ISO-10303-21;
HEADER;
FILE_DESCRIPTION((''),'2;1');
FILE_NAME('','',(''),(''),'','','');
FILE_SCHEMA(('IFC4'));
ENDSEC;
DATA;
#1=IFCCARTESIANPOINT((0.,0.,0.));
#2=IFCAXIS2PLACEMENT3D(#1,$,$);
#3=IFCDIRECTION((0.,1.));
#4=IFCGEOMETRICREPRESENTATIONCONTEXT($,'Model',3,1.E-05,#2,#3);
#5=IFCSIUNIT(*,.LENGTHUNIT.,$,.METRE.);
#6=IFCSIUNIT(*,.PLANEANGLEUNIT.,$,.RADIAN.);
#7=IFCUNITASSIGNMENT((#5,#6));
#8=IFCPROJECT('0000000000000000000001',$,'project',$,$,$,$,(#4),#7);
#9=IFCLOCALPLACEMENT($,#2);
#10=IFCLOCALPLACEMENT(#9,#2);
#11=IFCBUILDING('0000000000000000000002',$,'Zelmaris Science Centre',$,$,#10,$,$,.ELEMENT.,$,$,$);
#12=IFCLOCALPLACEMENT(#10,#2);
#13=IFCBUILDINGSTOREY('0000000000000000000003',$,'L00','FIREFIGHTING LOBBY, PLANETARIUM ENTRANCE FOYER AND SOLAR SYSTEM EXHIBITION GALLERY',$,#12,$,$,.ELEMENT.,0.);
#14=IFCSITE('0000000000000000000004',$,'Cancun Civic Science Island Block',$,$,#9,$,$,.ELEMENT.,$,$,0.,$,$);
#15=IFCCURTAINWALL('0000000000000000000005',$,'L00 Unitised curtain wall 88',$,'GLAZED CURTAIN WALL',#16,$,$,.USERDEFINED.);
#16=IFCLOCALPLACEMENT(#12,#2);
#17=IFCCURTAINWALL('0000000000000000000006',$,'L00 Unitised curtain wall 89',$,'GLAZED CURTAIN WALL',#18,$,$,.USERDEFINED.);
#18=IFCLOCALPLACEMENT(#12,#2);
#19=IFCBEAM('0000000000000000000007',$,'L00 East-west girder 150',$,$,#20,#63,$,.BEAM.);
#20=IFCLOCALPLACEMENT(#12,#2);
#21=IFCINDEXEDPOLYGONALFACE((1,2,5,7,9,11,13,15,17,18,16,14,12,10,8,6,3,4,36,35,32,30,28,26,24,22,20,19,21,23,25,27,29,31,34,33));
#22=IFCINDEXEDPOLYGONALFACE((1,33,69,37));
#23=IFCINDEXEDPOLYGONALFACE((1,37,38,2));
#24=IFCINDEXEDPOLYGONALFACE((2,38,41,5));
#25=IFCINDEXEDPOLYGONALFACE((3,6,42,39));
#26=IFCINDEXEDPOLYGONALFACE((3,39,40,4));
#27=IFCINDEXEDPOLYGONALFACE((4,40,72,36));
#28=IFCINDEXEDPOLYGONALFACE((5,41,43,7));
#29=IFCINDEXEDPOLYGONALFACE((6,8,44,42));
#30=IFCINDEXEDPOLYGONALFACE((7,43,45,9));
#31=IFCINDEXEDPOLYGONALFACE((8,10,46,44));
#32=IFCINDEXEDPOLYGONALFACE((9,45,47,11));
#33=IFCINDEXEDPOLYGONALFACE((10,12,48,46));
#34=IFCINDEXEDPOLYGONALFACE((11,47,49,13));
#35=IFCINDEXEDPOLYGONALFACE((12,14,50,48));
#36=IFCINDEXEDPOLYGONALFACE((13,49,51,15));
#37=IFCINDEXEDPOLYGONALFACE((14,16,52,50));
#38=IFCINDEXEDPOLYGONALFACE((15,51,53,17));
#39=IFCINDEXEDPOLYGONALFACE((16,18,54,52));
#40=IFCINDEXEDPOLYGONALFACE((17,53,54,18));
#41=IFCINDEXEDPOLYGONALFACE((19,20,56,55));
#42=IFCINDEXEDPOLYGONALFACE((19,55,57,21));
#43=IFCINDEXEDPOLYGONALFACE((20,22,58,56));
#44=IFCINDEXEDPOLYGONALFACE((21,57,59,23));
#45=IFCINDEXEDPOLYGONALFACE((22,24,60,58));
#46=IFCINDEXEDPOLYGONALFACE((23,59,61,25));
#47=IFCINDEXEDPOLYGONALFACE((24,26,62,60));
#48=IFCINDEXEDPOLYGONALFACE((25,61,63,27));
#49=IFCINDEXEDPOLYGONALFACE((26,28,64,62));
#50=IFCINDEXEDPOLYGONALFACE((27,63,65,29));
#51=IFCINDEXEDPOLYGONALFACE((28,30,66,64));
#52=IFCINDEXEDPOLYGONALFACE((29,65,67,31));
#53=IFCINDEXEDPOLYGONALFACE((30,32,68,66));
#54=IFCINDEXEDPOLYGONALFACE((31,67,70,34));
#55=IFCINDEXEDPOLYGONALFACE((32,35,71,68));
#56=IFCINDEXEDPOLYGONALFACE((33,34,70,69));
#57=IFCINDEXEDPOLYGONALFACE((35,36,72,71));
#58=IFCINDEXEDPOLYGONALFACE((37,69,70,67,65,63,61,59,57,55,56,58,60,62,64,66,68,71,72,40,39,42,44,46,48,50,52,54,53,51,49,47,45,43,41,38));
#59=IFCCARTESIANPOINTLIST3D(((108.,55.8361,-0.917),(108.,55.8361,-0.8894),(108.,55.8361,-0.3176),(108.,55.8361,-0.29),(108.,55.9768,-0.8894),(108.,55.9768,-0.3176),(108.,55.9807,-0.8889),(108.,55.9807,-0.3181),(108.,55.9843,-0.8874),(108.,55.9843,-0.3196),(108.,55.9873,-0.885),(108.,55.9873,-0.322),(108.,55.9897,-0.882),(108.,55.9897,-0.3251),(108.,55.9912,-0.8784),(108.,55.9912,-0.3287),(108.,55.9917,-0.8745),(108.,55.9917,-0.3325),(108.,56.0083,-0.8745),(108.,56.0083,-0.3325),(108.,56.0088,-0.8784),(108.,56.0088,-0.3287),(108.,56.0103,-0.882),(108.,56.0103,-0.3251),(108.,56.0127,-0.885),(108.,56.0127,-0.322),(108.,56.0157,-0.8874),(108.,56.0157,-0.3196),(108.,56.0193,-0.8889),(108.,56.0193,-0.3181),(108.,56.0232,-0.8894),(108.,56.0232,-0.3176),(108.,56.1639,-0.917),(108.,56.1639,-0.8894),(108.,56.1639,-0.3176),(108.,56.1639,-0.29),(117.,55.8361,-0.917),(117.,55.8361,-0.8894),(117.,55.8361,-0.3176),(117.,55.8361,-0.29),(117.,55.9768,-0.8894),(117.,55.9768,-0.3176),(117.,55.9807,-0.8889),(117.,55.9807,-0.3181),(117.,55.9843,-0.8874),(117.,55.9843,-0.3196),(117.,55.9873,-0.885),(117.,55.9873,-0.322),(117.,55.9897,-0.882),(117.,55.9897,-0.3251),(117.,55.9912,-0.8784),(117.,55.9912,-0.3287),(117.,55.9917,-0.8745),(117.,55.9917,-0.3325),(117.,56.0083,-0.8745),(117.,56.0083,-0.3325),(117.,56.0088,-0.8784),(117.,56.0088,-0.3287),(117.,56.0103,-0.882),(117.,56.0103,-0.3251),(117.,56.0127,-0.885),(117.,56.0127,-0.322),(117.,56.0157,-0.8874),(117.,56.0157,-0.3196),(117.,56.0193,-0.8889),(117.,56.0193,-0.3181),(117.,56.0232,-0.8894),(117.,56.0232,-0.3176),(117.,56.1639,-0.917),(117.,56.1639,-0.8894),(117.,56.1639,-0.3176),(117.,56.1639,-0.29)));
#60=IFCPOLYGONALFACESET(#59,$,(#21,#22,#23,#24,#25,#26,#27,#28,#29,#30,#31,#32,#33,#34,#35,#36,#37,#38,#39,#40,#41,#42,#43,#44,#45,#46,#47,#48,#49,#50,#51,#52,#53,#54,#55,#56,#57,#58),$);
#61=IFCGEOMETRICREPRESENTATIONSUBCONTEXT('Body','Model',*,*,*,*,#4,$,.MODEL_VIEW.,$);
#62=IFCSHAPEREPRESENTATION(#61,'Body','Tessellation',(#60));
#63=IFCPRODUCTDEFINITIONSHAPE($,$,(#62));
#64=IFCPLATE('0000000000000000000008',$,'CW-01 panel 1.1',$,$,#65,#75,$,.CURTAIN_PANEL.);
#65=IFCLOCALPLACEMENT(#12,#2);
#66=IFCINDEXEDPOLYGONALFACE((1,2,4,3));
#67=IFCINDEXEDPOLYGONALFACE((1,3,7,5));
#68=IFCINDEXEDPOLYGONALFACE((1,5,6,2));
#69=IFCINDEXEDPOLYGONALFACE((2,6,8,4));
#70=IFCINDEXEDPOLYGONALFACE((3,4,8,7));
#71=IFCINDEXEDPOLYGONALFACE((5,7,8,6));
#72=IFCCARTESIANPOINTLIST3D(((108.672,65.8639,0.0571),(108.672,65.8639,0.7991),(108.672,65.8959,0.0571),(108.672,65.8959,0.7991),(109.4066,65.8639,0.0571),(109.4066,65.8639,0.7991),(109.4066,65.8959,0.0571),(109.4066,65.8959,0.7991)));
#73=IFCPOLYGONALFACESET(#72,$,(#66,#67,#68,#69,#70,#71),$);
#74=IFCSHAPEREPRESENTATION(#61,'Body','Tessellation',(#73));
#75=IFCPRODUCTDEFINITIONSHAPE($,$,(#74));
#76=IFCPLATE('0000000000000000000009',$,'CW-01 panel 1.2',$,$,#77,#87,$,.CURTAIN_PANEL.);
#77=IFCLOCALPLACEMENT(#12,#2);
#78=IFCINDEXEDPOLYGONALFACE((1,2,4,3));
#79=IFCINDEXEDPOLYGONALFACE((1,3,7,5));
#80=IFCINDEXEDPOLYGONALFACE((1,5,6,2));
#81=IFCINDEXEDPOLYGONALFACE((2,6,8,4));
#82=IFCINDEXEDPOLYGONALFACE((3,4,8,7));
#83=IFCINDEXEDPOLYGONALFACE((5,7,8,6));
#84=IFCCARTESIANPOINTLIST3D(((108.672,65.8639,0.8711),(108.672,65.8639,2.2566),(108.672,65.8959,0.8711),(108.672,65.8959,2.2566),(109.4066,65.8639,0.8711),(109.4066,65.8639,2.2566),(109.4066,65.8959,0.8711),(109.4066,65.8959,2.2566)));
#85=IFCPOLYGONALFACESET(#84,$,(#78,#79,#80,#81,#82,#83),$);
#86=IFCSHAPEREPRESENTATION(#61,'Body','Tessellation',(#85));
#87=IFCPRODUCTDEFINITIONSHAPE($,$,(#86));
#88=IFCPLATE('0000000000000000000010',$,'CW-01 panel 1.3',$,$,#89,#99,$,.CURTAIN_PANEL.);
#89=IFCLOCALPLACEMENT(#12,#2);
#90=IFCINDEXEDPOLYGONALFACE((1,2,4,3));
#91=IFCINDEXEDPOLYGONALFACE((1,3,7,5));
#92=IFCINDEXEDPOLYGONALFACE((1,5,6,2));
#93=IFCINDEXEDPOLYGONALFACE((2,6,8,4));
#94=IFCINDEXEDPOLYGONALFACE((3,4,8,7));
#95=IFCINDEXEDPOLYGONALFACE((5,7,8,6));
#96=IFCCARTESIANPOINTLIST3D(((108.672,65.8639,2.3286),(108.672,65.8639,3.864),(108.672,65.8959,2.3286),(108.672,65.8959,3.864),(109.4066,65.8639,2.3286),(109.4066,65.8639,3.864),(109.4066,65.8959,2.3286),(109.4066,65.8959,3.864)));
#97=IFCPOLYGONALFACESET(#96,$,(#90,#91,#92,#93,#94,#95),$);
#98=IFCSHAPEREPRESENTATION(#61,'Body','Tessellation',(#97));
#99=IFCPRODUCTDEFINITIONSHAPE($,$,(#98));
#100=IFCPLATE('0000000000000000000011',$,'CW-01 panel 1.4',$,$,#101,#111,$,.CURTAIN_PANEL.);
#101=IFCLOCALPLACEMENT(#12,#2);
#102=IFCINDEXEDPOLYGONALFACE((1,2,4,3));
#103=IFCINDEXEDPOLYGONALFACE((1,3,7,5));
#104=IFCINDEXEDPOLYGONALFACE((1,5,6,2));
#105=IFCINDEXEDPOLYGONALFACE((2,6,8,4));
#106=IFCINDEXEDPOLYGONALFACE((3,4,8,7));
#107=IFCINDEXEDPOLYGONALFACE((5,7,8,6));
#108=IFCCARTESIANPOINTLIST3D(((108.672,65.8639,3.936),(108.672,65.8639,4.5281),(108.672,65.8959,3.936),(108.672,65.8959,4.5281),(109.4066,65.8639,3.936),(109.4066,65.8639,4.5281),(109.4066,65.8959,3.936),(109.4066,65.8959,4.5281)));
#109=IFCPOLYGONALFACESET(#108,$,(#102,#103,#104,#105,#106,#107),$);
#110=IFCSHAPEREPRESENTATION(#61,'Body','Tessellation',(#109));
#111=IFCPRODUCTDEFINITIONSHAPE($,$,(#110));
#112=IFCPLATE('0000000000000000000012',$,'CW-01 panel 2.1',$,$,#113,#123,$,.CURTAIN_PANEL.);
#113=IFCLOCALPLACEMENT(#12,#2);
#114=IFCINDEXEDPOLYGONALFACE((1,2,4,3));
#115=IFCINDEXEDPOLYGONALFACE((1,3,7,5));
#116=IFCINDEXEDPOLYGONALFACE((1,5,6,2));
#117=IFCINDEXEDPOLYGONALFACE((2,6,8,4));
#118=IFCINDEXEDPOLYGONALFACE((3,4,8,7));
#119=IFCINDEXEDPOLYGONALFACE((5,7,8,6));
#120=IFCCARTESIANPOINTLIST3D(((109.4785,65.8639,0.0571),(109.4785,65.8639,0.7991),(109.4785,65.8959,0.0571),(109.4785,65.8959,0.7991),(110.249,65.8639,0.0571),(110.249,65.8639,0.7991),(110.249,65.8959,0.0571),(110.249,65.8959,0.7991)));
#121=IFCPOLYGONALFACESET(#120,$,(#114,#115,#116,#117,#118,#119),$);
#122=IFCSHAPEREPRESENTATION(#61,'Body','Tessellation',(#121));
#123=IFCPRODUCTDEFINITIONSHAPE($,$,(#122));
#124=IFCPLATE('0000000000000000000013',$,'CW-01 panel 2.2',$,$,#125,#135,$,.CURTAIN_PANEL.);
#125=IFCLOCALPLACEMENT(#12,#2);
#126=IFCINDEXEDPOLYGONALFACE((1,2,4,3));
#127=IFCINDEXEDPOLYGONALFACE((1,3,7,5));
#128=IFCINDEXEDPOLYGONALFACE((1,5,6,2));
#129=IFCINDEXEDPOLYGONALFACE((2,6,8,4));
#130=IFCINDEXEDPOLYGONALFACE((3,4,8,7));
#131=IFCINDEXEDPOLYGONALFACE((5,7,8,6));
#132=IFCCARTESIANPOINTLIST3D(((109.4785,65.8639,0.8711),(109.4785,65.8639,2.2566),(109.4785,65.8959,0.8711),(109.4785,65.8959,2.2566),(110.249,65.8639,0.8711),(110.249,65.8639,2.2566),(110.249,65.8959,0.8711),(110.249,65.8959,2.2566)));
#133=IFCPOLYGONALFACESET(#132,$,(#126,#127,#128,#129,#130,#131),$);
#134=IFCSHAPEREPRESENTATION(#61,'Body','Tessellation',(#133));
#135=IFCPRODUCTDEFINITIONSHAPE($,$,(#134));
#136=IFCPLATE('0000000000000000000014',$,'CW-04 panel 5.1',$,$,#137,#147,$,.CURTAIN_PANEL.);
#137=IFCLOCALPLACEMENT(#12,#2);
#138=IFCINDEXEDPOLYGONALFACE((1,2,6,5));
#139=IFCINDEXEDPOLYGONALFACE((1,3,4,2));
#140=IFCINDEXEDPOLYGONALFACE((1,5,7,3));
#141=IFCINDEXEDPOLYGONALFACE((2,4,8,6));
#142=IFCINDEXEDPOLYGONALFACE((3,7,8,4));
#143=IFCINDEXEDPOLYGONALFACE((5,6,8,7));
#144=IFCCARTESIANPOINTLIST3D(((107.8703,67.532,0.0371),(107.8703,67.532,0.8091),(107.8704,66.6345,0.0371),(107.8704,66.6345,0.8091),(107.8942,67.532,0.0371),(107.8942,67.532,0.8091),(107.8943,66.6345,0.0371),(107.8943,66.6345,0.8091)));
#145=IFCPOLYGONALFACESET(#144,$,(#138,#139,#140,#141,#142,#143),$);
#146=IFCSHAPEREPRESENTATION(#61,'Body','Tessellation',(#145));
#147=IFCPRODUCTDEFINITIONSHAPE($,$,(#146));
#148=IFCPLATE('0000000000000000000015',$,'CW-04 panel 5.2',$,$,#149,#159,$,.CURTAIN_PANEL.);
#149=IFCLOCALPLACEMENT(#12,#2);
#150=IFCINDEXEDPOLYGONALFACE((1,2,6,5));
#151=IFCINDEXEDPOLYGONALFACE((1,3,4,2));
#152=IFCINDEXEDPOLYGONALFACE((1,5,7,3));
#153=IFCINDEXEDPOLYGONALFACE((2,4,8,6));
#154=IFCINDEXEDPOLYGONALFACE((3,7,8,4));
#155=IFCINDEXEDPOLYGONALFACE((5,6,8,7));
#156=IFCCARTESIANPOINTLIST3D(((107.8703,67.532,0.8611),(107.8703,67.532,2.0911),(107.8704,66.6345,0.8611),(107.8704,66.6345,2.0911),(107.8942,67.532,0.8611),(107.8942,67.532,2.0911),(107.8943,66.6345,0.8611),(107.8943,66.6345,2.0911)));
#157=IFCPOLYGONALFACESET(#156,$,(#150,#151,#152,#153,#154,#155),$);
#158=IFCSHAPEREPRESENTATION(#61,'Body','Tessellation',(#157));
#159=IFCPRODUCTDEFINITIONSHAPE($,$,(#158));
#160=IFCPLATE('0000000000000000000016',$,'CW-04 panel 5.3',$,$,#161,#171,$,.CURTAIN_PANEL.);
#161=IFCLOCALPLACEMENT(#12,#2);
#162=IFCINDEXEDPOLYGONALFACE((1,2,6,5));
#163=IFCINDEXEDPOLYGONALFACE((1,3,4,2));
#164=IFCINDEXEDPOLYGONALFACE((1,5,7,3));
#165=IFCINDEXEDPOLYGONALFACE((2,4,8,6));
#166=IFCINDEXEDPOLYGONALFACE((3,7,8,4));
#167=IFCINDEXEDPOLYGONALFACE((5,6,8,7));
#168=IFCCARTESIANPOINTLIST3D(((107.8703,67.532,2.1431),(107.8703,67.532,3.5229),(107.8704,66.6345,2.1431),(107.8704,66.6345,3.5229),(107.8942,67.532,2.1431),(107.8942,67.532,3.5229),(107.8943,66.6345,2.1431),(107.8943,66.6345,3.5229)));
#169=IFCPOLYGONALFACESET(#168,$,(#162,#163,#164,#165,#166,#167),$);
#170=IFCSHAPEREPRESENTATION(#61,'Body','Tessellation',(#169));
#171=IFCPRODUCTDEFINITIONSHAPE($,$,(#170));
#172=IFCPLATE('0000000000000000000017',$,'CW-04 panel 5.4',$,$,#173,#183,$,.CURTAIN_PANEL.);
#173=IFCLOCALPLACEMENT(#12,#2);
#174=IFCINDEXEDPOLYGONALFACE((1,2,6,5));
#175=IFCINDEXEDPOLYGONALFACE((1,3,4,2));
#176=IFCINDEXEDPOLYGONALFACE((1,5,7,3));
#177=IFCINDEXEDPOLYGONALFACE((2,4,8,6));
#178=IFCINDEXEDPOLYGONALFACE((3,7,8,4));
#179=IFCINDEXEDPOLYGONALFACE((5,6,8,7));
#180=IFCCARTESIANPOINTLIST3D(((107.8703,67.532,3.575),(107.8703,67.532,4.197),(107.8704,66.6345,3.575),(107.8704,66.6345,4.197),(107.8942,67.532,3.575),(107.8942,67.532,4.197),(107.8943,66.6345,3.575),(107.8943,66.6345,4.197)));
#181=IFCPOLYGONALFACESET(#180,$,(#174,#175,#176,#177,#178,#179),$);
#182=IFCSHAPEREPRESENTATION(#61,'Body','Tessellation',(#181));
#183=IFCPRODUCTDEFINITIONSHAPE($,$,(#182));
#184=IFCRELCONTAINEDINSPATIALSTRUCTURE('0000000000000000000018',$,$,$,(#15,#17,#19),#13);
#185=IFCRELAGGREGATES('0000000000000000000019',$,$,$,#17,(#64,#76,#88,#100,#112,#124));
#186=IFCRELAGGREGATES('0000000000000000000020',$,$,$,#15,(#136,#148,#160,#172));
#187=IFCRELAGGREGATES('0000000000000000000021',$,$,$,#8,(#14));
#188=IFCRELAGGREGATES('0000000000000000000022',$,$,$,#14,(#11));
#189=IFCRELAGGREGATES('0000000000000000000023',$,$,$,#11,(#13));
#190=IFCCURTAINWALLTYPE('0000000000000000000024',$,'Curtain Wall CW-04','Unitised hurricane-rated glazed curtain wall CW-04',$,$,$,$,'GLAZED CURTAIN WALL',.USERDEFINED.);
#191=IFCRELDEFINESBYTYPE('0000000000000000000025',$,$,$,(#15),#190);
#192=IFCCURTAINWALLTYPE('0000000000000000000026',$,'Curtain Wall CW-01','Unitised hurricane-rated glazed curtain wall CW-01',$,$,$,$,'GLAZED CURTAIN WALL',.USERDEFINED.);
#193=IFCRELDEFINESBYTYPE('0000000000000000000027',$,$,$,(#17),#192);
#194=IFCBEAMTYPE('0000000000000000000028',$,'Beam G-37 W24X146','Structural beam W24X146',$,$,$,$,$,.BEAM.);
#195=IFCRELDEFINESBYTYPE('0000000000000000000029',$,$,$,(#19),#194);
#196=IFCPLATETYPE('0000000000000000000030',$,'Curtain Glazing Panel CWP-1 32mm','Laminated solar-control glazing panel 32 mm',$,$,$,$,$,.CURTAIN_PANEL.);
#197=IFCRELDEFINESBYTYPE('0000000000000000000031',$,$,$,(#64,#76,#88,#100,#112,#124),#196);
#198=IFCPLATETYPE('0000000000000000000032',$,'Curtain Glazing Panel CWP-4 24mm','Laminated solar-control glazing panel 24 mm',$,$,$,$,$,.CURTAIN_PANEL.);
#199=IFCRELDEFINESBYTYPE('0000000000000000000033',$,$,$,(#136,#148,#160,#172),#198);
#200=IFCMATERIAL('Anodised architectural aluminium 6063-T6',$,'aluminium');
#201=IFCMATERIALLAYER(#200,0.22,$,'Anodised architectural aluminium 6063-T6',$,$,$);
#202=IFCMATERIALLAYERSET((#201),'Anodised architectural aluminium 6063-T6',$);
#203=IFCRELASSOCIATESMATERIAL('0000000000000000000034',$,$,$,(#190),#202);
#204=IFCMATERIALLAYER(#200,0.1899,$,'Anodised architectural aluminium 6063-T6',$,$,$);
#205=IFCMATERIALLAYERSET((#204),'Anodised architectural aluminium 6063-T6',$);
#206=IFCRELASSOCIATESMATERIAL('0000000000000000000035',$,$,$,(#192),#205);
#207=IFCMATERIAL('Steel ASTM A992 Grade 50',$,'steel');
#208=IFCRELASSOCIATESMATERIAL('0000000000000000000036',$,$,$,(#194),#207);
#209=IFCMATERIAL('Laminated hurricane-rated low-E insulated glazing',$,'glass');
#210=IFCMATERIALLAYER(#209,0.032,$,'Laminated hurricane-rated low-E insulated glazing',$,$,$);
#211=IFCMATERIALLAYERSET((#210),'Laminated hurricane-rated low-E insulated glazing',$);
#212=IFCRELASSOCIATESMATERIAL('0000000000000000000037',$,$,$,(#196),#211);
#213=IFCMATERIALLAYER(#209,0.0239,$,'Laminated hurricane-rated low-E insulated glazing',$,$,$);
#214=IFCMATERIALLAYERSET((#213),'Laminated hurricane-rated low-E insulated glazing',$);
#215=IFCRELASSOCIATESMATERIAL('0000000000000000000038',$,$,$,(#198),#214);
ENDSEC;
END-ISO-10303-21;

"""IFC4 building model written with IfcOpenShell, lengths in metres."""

from ifc_helpers import new_model, si_unit, direction, frame, origin, origin_2d, place, context, subcontext, project, spatial, rectangle, i_section, extrude, material, layer, layer_set, material_profile, profile_set, type_object, element, aggregate, save


model = new_model("IFC4")

# Units and contexts
model_context = context("Model", 3, precision=1e-05, world=origin(), true_north=direction((0.0, 1.0)))
body_context = subcontext(model_context, "Body", "Model", "MODEL_VIEW")
ifc_project = project(units=[si_unit("LENGTHUNIT", "METRE"), si_unit("PLANEANGLEUNIT", "RADIAN")], contexts=[model_context])

# Site, building, storey
site_placement = place(None, origin())
site = spatial("IfcSite", under=ifc_project, at=site_placement, Name="Cancun Civic Science Island Block", CompositionType="ELEMENT", RefElevation=0.0)
building_placement = place(site_placement, origin())
building = spatial("IfcBuilding", under=site, at=building_placement, Name="Zelmaris Science Centre", CompositionType="ELEMENT")
storey_placement = place(building_placement, origin())
storey = spatial("IfcBuildingStorey", under=building, at=storey_placement, Name="L00", Description="FIREFIGHTING LOBBY, PLANETARIUM ENTRANCE FOYER AND SOLAR SYSTEM EXHIBITION GALLERY", CompositionType="ELEMENT", Elevation=0.0)

# Shared definitions
ifc_material_1 = material(Name="Steel ASTM A992 Grade 50", Category="steel")

# Curtain walls
ifc_material_2 = material(Name="Anodised architectural aluminium 6063-T6", Category="aluminium")
ifc_layer_1 = layer(ifc_material_2, 0.22, Name="Anodised architectural aluminium 6063-T6")
ifc_layer_set_1 = layer_set([ifc_layer_1], Name="Anodised architectural aluminium 6063-T6")
curtain_wall_type_1 = type_object("IfcCurtainWallType", Name="Curtain Wall CW-04", Description="Unitised hurricane-rated glazed curtain wall CW-04", ElementType="GLAZED CURTAIN WALL", PredefinedType="USERDEFINED", material=ifc_layer_set_1)
curtain_wall_1_placement = place(storey_placement, origin())
curtain_wall_1 = element("IfcCurtainWall", 1, at=curtain_wall_1_placement, inside=storey, type_object=curtain_wall_type_1, Name="L00 Unitised curtain wall 88", ObjectType="GLAZED CURTAIN WALL", PredefinedType="USERDEFINED")
ifc_layer_2 = layer(ifc_material_2, 0.1899, Name="Anodised architectural aluminium 6063-T6")
ifc_layer_set_2 = layer_set([ifc_layer_2], Name="Anodised architectural aluminium 6063-T6")
curtain_wall_type_2 = type_object("IfcCurtainWallType", Name="Curtain Wall CW-01", Description="Unitised hurricane-rated glazed curtain wall CW-01", ElementType="GLAZED CURTAIN WALL", PredefinedType="USERDEFINED", material=ifc_layer_set_2)
curtain_wall_2_placement = place(storey_placement, origin())
curtain_wall_2 = element("IfcCurtainWall", 2, at=curtain_wall_2_placement, inside=storey, type_object=curtain_wall_type_2, Name="L00 Unitised curtain wall 89", ObjectType="GLAZED CURTAIN WALL", PredefinedType="USERDEFINED")

# Beam
ifc_material_profile_1 = material_profile(ifc_material_1, i_section(OverallWidth=0.3279, OverallDepth=0.627, WebThickness=0.0166, FlangeThickness=0.0276, FilletRadius=0.0149, at=origin_2d()), Name="W24X146")
ifc_profile_set_1 = profile_set([ifc_material_profile_1], Name="Steel ASTM A992 Grade 50")
beam_type_1 = type_object("IfcBeamType", Name="Beam G-37 W24X146", Description="Structural beam W24X146", PredefinedType="BEAM", material=ifc_profile_set_1)
beam_1_placement = place(storey_placement, frame((108.0, 56.0, -0.6035), z_axis=(1.0, 0.0, 0.0), x_axis=(0.0, 1.0, 0.0)))
element("IfcBeam", 3, at=beam_1_placement, inside=storey, type_object=beam_type_1, Name="L00 East-west girder 150", PredefinedType="BEAM", context=body_context, shape_type="SweptSolid", body=[
    extrude(i_section(OverallWidth=0.3279, OverallDepth=0.627, WebThickness=0.0166, FlangeThickness=0.0276, FilletRadius=0.0149, at=origin_2d()), origin(), (0.0, 0.0, 1.0), 9.0),
])

# Plates
ifc_material_3 = material(Name="Laminated hurricane-rated low-E insulated glazing", Category="glass")
ifc_layer_3 = layer(ifc_material_3, 0.032, Name="Laminated hurricane-rated low-E insulated glazing")
ifc_layer_set_3 = layer_set([ifc_layer_3], Name="Laminated hurricane-rated low-E insulated glazing")
plate_type_1 = type_object("IfcPlateType", Name="Curtain Glazing Panel CWP-1 32mm", Description="Laminated solar-control glazing panel 32 mm", PredefinedType="CURTAIN_PANEL", material=ifc_layer_set_3)
plate_1_placement = place(storey_placement, frame((109.0393, 65.8799, 0.0571), z_axis=(0.0, 0.0, 1.0), x_axis=(1.0, 0.0, 0.0)))
plate_1 = element("IfcPlate", 4, at=plate_1_placement, type_object=plate_type_1, Name="CW-01 panel 1.1", PredefinedType="CURTAIN_PANEL", context=body_context, shape_type="SweptSolid", body=[
    extrude(rectangle(XDim=0.7346, YDim=0.032, at=origin_2d()), origin(), (0.0, 0.0, 1.0), 0.7419),
])
plate_2_placement = place(storey_placement, frame((109.0393, 65.8799, 0.8711), z_axis=(0.0, 0.0, 1.0), x_axis=(1.0, 0.0, 0.0)))
plate_2 = element("IfcPlate", 5, at=plate_2_placement, type_object=plate_type_1, Name="CW-01 panel 1.2", PredefinedType="CURTAIN_PANEL", context=body_context, shape_type="SweptSolid", body=[
    extrude(rectangle(XDim=0.7346, YDim=0.032, at=origin_2d()), origin(), (0.0, 0.0, 1.0), 1.3855),
])
plate_3_placement = place(storey_placement, frame((109.0393, 65.8799, 2.3286), z_axis=(0.0, 0.0, 1.0), x_axis=(1.0, 0.0, 0.0)))
plate_3 = element("IfcPlate", 6, at=plate_3_placement, type_object=plate_type_1, Name="CW-01 panel 1.3", PredefinedType="CURTAIN_PANEL", context=body_context, shape_type="SweptSolid", body=[
    extrude(rectangle(XDim=0.7346, YDim=0.032, at=origin_2d()), origin(), (0.0, 0.0, 1.0), 1.5354),
])
plate_4_placement = place(storey_placement, frame((109.0393, 65.8799, 3.936), z_axis=(0.0, 0.0, 1.0), x_axis=(1.0, 0.0, 0.0)))
plate_4 = element("IfcPlate", 7, at=plate_4_placement, type_object=plate_type_1, Name="CW-01 panel 1.4", PredefinedType="CURTAIN_PANEL", context=body_context, shape_type="SweptSolid", body=[
    extrude(rectangle(XDim=0.7346, YDim=0.032, at=origin_2d()), origin(), (0.0, 0.0, 1.0), 0.592),
])
plate_5_placement = place(storey_placement, frame((109.8638, 65.8799, 0.0571), z_axis=(0.0, 0.0, 1.0), x_axis=(1.0, 0.0, 0.0)))
plate_5 = element("IfcPlate", 8, at=plate_5_placement, type_object=plate_type_1, Name="CW-01 panel 2.1", PredefinedType="CURTAIN_PANEL", context=body_context, shape_type="SweptSolid", body=[
    extrude(rectangle(XDim=0.7705, YDim=0.032, at=origin_2d()), origin(), (0.0, 0.0, 1.0), 0.7419),
])
plate_6_placement = place(storey_placement, frame((109.8638, 65.8799, 0.8711), z_axis=(0.0, 0.0, 1.0), x_axis=(1.0, 0.0, 0.0)))
plate_6 = element("IfcPlate", 9, at=plate_6_placement, type_object=plate_type_1, Name="CW-01 panel 2.2", PredefinedType="CURTAIN_PANEL", context=body_context, shape_type="SweptSolid", body=[
    extrude(rectangle(XDim=0.7705, YDim=0.032, at=origin_2d()), origin(), (0.0, 0.0, 1.0), 1.3855),
])
aggregate(curtain_wall_2, [plate_1, plate_2, plate_3, plate_4, plate_5, plate_6])
ifc_layer_4 = layer(ifc_material_3, 0.0239, Name="Laminated hurricane-rated low-E insulated glazing")
ifc_layer_set_4 = layer_set([ifc_layer_4], Name="Laminated hurricane-rated low-E insulated glazing")
plate_type_2 = type_object("IfcPlateType", Name="Curtain Glazing Panel CWP-4 24mm", Description="Laminated solar-control glazing panel 24 mm", PredefinedType="CURTAIN_PANEL", material=ifc_layer_set_4)
plate_7_placement = place(storey_placement, frame((107.8823, 67.0833, 0.0371), z_axis=(0.0, 0.0, 1.0), x_axis=(0.000123, -1.0, 0.0)))
plate_7 = element("IfcPlate", 10, at=plate_7_placement, type_object=plate_type_2, Name="CW-04 panel 5.1", PredefinedType="CURTAIN_PANEL", context=body_context, shape_type="SweptSolid", body=[
    extrude(rectangle(XDim=0.8975, YDim=0.0239, at=origin_2d()), origin(), (0.0, 0.0, 1.0), 0.772),
])
plate_8_placement = place(storey_placement, frame((107.8823, 67.0833, 0.8611), z_axis=(0.0, 0.0, 1.0), x_axis=(0.000123, -1.0, 0.0)))
plate_8 = element("IfcPlate", 11, at=plate_8_placement, type_object=plate_type_2, Name="CW-04 panel 5.2", PredefinedType="CURTAIN_PANEL", context=body_context, shape_type="SweptSolid", body=[
    extrude(rectangle(XDim=0.8975, YDim=0.0239, at=origin_2d()), origin(), (0.0, 0.0, 1.0), 1.23),
])
plate_9_placement = place(storey_placement, frame((107.8823, 67.0833, 2.1431), z_axis=(0.0, 0.0, 1.0), x_axis=(0.000123, -1.0, 0.0)))
plate_9 = element("IfcPlate", 12, at=plate_9_placement, type_object=plate_type_2, Name="CW-04 panel 5.3", PredefinedType="CURTAIN_PANEL", context=body_context, shape_type="SweptSolid", body=[
    extrude(rectangle(XDim=0.8975, YDim=0.0239, at=origin_2d()), origin(), (0.0, 0.0, 1.0), 1.3799),
])
plate_10_placement = place(storey_placement, frame((107.8823, 67.0833, 3.575), z_axis=(0.0, 0.0, 1.0), x_axis=(0.000123, -1.0, 0.0)))
plate_10 = element("IfcPlate", 13, at=plate_10_placement, type_object=plate_type_2, Name="CW-04 panel 5.4", PredefinedType="CURTAIN_PANEL", context=body_context, shape_type="SweptSolid", body=[
    extrude(rectangle(XDim=0.8975, YDim=0.0239, at=origin_2d()), origin(), (0.0, 0.0, 1.0), 0.6221),
])
aggregate(curtain_wall_1, [plate_7, plate_8, plate_9, plate_10])

save(model, "model.ifc")
